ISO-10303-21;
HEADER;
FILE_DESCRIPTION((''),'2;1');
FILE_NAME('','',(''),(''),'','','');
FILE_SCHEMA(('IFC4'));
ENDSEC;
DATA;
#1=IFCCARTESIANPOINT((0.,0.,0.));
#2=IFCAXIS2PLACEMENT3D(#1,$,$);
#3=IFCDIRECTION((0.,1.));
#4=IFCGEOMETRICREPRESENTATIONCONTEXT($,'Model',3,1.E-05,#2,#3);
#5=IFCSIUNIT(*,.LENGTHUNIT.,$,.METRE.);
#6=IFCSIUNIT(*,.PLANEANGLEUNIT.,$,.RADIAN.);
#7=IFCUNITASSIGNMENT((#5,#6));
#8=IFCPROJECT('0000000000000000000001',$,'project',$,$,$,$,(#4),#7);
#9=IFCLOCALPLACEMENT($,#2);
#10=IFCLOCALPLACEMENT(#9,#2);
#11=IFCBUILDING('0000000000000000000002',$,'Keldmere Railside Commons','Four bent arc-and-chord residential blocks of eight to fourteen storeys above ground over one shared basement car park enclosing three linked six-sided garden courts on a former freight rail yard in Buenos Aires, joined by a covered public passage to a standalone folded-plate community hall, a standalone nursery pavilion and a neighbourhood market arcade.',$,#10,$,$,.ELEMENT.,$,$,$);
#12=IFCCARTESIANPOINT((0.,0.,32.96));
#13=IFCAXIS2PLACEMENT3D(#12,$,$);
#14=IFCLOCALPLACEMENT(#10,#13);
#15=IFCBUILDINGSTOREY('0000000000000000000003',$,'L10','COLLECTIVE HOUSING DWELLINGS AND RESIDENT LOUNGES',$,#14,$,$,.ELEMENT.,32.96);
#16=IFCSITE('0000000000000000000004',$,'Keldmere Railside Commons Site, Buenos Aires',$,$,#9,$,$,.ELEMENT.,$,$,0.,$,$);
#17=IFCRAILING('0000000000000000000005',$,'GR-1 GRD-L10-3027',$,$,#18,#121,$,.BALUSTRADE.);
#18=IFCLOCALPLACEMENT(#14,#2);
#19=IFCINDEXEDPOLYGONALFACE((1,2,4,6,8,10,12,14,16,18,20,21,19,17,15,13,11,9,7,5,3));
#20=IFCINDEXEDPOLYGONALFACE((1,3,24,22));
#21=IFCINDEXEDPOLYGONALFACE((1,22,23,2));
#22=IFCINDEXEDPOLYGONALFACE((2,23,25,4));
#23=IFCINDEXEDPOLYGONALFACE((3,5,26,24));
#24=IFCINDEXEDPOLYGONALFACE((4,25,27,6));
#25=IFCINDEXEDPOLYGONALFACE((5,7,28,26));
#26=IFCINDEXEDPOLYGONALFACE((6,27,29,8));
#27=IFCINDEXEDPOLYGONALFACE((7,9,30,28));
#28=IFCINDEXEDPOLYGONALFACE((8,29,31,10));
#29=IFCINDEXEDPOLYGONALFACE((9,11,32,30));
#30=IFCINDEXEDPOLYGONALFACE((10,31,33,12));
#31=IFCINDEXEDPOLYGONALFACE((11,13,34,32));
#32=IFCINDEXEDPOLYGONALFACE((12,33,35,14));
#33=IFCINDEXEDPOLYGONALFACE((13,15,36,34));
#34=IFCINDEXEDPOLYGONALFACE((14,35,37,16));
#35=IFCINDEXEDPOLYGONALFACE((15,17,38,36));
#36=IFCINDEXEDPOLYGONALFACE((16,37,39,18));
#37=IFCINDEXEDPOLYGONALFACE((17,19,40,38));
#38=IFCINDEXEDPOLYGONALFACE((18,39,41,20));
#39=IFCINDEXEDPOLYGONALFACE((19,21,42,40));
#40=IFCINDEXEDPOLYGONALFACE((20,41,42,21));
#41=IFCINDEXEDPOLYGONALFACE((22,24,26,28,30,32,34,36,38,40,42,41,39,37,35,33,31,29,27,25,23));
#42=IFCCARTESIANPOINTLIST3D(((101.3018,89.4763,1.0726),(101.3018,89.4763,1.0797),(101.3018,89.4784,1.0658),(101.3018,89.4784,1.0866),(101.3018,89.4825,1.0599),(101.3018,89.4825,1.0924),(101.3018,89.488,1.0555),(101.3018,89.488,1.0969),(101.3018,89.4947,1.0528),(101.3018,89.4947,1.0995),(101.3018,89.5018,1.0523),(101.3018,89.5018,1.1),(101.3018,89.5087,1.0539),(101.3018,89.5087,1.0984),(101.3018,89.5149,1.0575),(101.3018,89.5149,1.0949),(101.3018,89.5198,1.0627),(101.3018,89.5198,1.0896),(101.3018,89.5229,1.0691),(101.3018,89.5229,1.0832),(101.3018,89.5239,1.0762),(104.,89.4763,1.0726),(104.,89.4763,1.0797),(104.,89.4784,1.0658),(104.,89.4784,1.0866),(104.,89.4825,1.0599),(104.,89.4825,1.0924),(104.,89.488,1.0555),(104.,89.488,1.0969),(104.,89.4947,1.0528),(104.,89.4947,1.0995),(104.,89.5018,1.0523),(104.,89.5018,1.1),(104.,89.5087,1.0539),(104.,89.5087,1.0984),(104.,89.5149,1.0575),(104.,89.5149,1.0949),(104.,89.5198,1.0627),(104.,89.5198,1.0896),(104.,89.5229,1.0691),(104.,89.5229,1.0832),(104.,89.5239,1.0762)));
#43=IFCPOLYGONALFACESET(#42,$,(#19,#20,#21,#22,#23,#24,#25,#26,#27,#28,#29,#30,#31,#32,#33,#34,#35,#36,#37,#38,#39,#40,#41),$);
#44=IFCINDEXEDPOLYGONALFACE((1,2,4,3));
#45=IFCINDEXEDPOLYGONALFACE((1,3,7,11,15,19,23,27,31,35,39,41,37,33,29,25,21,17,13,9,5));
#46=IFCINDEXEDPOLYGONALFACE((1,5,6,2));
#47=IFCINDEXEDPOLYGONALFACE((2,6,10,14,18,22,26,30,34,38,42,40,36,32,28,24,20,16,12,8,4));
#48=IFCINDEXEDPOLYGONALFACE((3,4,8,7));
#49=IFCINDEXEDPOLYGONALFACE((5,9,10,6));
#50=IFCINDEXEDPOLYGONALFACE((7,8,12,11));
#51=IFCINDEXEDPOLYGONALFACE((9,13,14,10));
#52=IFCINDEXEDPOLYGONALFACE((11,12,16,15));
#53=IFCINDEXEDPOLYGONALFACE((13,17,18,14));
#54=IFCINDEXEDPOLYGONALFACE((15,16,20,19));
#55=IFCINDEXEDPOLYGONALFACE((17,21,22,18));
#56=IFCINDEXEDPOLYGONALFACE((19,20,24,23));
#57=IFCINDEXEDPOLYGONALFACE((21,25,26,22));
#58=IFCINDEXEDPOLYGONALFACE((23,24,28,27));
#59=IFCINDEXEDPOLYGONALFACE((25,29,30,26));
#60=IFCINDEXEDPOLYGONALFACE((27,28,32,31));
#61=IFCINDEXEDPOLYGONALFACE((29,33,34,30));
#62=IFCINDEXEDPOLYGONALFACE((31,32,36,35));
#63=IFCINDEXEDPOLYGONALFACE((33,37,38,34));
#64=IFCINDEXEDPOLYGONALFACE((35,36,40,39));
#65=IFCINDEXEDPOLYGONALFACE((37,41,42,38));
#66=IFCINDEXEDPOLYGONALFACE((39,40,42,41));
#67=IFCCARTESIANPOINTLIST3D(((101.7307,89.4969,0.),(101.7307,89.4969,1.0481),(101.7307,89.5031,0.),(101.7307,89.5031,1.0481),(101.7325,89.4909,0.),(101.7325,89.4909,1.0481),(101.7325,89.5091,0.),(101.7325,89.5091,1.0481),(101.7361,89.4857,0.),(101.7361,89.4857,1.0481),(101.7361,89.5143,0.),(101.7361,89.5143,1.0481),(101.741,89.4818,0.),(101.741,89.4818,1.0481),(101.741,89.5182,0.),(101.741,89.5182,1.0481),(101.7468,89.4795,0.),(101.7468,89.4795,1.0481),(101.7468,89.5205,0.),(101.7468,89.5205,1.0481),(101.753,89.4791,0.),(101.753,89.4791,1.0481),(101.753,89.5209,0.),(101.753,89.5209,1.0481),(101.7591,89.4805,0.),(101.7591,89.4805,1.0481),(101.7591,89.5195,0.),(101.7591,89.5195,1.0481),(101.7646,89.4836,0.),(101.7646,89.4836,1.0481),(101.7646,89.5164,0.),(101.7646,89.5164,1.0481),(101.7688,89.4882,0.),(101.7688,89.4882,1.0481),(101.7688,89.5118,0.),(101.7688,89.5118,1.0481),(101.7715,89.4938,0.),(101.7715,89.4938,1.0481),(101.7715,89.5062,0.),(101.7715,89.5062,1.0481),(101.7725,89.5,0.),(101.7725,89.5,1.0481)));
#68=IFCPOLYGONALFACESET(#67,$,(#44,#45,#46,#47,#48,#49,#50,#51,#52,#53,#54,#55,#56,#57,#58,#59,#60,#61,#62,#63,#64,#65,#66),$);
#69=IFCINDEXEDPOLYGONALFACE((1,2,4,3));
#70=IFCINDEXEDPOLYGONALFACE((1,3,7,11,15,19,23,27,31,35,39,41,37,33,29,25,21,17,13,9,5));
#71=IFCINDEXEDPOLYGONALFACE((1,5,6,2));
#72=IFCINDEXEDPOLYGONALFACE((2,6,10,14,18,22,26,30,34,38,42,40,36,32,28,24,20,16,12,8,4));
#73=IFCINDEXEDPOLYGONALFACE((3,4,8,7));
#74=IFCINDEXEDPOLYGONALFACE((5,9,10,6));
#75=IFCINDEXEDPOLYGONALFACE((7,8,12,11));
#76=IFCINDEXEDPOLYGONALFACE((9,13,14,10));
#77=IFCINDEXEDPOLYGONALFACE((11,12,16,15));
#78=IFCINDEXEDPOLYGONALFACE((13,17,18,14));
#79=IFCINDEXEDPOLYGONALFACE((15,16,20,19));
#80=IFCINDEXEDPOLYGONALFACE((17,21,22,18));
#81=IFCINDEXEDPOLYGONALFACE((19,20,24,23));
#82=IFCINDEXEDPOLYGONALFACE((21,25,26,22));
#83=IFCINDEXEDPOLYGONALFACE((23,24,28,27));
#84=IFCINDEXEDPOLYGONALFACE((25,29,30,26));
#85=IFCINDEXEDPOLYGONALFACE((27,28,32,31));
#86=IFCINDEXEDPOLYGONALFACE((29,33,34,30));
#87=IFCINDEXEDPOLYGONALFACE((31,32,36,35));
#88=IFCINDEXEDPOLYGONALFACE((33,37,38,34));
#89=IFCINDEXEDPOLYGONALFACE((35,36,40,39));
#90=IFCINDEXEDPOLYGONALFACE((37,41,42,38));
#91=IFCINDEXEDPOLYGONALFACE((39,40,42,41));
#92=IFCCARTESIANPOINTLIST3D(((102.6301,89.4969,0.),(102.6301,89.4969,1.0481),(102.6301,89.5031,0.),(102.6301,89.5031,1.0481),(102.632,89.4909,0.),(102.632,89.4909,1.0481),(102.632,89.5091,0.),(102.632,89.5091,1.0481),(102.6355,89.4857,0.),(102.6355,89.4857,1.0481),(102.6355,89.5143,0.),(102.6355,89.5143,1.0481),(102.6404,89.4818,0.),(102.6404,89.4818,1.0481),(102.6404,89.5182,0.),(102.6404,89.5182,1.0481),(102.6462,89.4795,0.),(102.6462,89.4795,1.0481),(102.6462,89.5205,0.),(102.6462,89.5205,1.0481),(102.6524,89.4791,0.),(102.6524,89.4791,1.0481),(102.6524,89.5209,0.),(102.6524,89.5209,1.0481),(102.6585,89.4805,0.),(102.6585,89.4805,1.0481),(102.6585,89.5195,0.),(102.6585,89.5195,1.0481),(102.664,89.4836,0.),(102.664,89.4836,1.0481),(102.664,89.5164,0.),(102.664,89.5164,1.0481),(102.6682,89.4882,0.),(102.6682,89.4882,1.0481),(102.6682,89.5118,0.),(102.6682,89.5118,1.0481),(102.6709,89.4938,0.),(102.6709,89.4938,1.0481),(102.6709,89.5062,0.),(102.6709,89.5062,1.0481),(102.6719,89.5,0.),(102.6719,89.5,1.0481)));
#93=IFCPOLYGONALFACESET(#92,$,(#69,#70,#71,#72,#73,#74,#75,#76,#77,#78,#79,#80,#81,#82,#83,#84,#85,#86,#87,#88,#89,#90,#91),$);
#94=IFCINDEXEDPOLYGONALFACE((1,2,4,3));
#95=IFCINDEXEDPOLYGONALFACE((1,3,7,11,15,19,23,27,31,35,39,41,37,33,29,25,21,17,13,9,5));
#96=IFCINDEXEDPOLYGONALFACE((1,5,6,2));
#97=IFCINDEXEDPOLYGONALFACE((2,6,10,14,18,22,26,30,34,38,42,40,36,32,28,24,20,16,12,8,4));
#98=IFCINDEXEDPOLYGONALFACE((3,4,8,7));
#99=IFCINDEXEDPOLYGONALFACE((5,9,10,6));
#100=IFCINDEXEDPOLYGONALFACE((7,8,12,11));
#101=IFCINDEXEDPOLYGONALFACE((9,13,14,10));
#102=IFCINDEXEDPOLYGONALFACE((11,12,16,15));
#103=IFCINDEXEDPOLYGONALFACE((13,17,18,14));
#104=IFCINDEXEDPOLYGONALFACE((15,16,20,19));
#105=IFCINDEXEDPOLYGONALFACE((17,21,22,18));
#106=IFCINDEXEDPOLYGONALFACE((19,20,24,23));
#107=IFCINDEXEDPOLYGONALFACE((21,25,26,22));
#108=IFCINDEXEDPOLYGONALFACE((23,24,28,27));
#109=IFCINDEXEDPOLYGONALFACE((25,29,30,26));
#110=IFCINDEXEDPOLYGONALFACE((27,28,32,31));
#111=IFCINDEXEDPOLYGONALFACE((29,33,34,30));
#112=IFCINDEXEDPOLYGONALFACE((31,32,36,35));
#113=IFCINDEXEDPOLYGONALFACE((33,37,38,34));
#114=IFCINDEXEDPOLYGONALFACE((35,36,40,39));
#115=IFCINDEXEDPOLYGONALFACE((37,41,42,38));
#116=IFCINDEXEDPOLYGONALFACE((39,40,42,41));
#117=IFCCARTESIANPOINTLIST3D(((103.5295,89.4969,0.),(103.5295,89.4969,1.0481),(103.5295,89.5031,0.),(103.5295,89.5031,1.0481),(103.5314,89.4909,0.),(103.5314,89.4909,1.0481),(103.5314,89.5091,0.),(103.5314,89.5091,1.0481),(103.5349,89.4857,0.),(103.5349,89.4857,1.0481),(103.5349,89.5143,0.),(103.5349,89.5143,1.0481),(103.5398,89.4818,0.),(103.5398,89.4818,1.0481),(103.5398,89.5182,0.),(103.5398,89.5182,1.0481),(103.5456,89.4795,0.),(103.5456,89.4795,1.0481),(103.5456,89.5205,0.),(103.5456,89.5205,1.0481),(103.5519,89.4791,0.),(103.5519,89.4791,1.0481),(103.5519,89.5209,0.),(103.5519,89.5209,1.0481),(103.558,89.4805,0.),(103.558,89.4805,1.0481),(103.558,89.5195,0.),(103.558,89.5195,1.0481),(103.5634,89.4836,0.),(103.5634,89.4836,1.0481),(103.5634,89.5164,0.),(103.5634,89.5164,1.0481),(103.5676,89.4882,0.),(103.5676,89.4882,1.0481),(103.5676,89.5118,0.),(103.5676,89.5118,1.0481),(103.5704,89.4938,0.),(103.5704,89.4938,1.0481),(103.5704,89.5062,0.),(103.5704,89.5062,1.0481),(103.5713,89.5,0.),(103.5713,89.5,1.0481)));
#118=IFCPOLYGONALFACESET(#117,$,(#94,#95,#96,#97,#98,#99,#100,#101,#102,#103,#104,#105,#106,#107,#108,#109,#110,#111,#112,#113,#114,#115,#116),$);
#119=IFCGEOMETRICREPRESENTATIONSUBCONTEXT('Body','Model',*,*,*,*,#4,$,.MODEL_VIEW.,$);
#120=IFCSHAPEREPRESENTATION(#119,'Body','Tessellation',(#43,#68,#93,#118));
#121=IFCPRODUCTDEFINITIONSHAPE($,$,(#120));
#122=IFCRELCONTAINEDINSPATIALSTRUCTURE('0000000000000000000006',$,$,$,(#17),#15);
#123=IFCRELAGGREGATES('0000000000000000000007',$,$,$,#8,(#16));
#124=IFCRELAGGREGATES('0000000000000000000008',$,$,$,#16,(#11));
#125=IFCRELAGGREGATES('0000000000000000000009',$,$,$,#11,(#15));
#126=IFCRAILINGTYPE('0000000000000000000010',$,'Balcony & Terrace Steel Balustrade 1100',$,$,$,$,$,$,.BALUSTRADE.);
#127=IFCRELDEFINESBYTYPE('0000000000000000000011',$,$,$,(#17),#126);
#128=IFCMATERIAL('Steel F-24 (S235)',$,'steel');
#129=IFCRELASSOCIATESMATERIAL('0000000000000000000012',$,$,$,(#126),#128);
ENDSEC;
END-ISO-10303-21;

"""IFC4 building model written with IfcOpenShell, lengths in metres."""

from ifc_helpers import new_model, si_unit, direction, frame, origin, origin_2d, place, context, subcontext, project, spatial, circle, extrude, material, type_object, element, save


model = new_model("IFC4")

# Units and contexts
model_context = context("Model", 3, precision=1e-05, world=origin(), true_north=direction((0.0, 1.0)))
body_context = subcontext(model_context, "Body", "Model", "MODEL_VIEW")
ifc_project = project(units=[si_unit("LENGTHUNIT", "METRE"), si_unit("PLANEANGLEUNIT", "RADIAN")], contexts=[model_context])

# Site, building, storey
site_placement = place(None, origin())
site = spatial("IfcSite", under=ifc_project, at=site_placement, Name="Keldmere Railside Commons Site, Buenos Aires", CompositionType="ELEMENT", RefElevation=0.0)
building_placement = place(site_placement, origin())
building = spatial("IfcBuilding", under=site, at=building_placement, Name="Keldmere Railside Commons", Description="Four bent arc-and-chord residential blocks of eight to fourteen storeys above ground over one shared basement car park enclosing three linked six-sided garden courts on a former freight rail yard in Buenos Aires, joined by a covered public passage to a standalone folded-plate community hall, a standalone nursery pavilion and a neighbourhood market arcade.", CompositionType="ELEMENT")
storey_placement = place(building_placement, frame((0.0, 0.0, 32.96)))
storey = spatial("IfcBuildingStorey", under=building, at=storey_placement, Name="L10", Description="COLLECTIVE HOUSING DWELLINGS AND RESIDENT LOUNGES", CompositionType="ELEMENT", Elevation=32.96)

# Railing
ifc_material_1 = material(Name="Steel F-24 (S235)", Category="steel")
railing_type = type_object("IfcRailingType", Name="Balcony & Terrace Steel Balustrade 1100", PredefinedType="BALUSTRADE", material=ifc_material_1)
railing_1_placement = place(storey_placement, frame((101.3018, 89.5, 0.0)))
element("IfcRailing", 1, at=railing_1_placement, inside=storey, type_object=railing_type, Name="GR-1 GRD-L10-3027", PredefinedType="BALUSTRADE", context=body_context, shape_type="SweptSolid", body=[
    extrude(circle(Radius=0.0239, at=origin_2d()), frame((0.0, 0.0, 1.0762), z_axis=(1.0, 0.0, 0.0), x_axis=(0.0, 1.0, 0.0)), (0.0, 0.0, 1.0), 2.6982),
    extrude(circle(Radius=0.021, at=origin_2d()), frame((0.4497, 0.0, 0.0)), (0.0, 0.0, 1.0), 1.0481),
    extrude(circle(Radius=0.021, at=origin_2d()), frame((1.3491, 0.0, 0.0)), (0.0, 0.0, 1.0), 1.0481),
    extrude(circle(Radius=0.021, at=origin_2d()), frame((2.2485, 0.0, 0.0)), (0.0, 0.0, 1.0), 1.0481),
])

save(model, "model.ifc")
